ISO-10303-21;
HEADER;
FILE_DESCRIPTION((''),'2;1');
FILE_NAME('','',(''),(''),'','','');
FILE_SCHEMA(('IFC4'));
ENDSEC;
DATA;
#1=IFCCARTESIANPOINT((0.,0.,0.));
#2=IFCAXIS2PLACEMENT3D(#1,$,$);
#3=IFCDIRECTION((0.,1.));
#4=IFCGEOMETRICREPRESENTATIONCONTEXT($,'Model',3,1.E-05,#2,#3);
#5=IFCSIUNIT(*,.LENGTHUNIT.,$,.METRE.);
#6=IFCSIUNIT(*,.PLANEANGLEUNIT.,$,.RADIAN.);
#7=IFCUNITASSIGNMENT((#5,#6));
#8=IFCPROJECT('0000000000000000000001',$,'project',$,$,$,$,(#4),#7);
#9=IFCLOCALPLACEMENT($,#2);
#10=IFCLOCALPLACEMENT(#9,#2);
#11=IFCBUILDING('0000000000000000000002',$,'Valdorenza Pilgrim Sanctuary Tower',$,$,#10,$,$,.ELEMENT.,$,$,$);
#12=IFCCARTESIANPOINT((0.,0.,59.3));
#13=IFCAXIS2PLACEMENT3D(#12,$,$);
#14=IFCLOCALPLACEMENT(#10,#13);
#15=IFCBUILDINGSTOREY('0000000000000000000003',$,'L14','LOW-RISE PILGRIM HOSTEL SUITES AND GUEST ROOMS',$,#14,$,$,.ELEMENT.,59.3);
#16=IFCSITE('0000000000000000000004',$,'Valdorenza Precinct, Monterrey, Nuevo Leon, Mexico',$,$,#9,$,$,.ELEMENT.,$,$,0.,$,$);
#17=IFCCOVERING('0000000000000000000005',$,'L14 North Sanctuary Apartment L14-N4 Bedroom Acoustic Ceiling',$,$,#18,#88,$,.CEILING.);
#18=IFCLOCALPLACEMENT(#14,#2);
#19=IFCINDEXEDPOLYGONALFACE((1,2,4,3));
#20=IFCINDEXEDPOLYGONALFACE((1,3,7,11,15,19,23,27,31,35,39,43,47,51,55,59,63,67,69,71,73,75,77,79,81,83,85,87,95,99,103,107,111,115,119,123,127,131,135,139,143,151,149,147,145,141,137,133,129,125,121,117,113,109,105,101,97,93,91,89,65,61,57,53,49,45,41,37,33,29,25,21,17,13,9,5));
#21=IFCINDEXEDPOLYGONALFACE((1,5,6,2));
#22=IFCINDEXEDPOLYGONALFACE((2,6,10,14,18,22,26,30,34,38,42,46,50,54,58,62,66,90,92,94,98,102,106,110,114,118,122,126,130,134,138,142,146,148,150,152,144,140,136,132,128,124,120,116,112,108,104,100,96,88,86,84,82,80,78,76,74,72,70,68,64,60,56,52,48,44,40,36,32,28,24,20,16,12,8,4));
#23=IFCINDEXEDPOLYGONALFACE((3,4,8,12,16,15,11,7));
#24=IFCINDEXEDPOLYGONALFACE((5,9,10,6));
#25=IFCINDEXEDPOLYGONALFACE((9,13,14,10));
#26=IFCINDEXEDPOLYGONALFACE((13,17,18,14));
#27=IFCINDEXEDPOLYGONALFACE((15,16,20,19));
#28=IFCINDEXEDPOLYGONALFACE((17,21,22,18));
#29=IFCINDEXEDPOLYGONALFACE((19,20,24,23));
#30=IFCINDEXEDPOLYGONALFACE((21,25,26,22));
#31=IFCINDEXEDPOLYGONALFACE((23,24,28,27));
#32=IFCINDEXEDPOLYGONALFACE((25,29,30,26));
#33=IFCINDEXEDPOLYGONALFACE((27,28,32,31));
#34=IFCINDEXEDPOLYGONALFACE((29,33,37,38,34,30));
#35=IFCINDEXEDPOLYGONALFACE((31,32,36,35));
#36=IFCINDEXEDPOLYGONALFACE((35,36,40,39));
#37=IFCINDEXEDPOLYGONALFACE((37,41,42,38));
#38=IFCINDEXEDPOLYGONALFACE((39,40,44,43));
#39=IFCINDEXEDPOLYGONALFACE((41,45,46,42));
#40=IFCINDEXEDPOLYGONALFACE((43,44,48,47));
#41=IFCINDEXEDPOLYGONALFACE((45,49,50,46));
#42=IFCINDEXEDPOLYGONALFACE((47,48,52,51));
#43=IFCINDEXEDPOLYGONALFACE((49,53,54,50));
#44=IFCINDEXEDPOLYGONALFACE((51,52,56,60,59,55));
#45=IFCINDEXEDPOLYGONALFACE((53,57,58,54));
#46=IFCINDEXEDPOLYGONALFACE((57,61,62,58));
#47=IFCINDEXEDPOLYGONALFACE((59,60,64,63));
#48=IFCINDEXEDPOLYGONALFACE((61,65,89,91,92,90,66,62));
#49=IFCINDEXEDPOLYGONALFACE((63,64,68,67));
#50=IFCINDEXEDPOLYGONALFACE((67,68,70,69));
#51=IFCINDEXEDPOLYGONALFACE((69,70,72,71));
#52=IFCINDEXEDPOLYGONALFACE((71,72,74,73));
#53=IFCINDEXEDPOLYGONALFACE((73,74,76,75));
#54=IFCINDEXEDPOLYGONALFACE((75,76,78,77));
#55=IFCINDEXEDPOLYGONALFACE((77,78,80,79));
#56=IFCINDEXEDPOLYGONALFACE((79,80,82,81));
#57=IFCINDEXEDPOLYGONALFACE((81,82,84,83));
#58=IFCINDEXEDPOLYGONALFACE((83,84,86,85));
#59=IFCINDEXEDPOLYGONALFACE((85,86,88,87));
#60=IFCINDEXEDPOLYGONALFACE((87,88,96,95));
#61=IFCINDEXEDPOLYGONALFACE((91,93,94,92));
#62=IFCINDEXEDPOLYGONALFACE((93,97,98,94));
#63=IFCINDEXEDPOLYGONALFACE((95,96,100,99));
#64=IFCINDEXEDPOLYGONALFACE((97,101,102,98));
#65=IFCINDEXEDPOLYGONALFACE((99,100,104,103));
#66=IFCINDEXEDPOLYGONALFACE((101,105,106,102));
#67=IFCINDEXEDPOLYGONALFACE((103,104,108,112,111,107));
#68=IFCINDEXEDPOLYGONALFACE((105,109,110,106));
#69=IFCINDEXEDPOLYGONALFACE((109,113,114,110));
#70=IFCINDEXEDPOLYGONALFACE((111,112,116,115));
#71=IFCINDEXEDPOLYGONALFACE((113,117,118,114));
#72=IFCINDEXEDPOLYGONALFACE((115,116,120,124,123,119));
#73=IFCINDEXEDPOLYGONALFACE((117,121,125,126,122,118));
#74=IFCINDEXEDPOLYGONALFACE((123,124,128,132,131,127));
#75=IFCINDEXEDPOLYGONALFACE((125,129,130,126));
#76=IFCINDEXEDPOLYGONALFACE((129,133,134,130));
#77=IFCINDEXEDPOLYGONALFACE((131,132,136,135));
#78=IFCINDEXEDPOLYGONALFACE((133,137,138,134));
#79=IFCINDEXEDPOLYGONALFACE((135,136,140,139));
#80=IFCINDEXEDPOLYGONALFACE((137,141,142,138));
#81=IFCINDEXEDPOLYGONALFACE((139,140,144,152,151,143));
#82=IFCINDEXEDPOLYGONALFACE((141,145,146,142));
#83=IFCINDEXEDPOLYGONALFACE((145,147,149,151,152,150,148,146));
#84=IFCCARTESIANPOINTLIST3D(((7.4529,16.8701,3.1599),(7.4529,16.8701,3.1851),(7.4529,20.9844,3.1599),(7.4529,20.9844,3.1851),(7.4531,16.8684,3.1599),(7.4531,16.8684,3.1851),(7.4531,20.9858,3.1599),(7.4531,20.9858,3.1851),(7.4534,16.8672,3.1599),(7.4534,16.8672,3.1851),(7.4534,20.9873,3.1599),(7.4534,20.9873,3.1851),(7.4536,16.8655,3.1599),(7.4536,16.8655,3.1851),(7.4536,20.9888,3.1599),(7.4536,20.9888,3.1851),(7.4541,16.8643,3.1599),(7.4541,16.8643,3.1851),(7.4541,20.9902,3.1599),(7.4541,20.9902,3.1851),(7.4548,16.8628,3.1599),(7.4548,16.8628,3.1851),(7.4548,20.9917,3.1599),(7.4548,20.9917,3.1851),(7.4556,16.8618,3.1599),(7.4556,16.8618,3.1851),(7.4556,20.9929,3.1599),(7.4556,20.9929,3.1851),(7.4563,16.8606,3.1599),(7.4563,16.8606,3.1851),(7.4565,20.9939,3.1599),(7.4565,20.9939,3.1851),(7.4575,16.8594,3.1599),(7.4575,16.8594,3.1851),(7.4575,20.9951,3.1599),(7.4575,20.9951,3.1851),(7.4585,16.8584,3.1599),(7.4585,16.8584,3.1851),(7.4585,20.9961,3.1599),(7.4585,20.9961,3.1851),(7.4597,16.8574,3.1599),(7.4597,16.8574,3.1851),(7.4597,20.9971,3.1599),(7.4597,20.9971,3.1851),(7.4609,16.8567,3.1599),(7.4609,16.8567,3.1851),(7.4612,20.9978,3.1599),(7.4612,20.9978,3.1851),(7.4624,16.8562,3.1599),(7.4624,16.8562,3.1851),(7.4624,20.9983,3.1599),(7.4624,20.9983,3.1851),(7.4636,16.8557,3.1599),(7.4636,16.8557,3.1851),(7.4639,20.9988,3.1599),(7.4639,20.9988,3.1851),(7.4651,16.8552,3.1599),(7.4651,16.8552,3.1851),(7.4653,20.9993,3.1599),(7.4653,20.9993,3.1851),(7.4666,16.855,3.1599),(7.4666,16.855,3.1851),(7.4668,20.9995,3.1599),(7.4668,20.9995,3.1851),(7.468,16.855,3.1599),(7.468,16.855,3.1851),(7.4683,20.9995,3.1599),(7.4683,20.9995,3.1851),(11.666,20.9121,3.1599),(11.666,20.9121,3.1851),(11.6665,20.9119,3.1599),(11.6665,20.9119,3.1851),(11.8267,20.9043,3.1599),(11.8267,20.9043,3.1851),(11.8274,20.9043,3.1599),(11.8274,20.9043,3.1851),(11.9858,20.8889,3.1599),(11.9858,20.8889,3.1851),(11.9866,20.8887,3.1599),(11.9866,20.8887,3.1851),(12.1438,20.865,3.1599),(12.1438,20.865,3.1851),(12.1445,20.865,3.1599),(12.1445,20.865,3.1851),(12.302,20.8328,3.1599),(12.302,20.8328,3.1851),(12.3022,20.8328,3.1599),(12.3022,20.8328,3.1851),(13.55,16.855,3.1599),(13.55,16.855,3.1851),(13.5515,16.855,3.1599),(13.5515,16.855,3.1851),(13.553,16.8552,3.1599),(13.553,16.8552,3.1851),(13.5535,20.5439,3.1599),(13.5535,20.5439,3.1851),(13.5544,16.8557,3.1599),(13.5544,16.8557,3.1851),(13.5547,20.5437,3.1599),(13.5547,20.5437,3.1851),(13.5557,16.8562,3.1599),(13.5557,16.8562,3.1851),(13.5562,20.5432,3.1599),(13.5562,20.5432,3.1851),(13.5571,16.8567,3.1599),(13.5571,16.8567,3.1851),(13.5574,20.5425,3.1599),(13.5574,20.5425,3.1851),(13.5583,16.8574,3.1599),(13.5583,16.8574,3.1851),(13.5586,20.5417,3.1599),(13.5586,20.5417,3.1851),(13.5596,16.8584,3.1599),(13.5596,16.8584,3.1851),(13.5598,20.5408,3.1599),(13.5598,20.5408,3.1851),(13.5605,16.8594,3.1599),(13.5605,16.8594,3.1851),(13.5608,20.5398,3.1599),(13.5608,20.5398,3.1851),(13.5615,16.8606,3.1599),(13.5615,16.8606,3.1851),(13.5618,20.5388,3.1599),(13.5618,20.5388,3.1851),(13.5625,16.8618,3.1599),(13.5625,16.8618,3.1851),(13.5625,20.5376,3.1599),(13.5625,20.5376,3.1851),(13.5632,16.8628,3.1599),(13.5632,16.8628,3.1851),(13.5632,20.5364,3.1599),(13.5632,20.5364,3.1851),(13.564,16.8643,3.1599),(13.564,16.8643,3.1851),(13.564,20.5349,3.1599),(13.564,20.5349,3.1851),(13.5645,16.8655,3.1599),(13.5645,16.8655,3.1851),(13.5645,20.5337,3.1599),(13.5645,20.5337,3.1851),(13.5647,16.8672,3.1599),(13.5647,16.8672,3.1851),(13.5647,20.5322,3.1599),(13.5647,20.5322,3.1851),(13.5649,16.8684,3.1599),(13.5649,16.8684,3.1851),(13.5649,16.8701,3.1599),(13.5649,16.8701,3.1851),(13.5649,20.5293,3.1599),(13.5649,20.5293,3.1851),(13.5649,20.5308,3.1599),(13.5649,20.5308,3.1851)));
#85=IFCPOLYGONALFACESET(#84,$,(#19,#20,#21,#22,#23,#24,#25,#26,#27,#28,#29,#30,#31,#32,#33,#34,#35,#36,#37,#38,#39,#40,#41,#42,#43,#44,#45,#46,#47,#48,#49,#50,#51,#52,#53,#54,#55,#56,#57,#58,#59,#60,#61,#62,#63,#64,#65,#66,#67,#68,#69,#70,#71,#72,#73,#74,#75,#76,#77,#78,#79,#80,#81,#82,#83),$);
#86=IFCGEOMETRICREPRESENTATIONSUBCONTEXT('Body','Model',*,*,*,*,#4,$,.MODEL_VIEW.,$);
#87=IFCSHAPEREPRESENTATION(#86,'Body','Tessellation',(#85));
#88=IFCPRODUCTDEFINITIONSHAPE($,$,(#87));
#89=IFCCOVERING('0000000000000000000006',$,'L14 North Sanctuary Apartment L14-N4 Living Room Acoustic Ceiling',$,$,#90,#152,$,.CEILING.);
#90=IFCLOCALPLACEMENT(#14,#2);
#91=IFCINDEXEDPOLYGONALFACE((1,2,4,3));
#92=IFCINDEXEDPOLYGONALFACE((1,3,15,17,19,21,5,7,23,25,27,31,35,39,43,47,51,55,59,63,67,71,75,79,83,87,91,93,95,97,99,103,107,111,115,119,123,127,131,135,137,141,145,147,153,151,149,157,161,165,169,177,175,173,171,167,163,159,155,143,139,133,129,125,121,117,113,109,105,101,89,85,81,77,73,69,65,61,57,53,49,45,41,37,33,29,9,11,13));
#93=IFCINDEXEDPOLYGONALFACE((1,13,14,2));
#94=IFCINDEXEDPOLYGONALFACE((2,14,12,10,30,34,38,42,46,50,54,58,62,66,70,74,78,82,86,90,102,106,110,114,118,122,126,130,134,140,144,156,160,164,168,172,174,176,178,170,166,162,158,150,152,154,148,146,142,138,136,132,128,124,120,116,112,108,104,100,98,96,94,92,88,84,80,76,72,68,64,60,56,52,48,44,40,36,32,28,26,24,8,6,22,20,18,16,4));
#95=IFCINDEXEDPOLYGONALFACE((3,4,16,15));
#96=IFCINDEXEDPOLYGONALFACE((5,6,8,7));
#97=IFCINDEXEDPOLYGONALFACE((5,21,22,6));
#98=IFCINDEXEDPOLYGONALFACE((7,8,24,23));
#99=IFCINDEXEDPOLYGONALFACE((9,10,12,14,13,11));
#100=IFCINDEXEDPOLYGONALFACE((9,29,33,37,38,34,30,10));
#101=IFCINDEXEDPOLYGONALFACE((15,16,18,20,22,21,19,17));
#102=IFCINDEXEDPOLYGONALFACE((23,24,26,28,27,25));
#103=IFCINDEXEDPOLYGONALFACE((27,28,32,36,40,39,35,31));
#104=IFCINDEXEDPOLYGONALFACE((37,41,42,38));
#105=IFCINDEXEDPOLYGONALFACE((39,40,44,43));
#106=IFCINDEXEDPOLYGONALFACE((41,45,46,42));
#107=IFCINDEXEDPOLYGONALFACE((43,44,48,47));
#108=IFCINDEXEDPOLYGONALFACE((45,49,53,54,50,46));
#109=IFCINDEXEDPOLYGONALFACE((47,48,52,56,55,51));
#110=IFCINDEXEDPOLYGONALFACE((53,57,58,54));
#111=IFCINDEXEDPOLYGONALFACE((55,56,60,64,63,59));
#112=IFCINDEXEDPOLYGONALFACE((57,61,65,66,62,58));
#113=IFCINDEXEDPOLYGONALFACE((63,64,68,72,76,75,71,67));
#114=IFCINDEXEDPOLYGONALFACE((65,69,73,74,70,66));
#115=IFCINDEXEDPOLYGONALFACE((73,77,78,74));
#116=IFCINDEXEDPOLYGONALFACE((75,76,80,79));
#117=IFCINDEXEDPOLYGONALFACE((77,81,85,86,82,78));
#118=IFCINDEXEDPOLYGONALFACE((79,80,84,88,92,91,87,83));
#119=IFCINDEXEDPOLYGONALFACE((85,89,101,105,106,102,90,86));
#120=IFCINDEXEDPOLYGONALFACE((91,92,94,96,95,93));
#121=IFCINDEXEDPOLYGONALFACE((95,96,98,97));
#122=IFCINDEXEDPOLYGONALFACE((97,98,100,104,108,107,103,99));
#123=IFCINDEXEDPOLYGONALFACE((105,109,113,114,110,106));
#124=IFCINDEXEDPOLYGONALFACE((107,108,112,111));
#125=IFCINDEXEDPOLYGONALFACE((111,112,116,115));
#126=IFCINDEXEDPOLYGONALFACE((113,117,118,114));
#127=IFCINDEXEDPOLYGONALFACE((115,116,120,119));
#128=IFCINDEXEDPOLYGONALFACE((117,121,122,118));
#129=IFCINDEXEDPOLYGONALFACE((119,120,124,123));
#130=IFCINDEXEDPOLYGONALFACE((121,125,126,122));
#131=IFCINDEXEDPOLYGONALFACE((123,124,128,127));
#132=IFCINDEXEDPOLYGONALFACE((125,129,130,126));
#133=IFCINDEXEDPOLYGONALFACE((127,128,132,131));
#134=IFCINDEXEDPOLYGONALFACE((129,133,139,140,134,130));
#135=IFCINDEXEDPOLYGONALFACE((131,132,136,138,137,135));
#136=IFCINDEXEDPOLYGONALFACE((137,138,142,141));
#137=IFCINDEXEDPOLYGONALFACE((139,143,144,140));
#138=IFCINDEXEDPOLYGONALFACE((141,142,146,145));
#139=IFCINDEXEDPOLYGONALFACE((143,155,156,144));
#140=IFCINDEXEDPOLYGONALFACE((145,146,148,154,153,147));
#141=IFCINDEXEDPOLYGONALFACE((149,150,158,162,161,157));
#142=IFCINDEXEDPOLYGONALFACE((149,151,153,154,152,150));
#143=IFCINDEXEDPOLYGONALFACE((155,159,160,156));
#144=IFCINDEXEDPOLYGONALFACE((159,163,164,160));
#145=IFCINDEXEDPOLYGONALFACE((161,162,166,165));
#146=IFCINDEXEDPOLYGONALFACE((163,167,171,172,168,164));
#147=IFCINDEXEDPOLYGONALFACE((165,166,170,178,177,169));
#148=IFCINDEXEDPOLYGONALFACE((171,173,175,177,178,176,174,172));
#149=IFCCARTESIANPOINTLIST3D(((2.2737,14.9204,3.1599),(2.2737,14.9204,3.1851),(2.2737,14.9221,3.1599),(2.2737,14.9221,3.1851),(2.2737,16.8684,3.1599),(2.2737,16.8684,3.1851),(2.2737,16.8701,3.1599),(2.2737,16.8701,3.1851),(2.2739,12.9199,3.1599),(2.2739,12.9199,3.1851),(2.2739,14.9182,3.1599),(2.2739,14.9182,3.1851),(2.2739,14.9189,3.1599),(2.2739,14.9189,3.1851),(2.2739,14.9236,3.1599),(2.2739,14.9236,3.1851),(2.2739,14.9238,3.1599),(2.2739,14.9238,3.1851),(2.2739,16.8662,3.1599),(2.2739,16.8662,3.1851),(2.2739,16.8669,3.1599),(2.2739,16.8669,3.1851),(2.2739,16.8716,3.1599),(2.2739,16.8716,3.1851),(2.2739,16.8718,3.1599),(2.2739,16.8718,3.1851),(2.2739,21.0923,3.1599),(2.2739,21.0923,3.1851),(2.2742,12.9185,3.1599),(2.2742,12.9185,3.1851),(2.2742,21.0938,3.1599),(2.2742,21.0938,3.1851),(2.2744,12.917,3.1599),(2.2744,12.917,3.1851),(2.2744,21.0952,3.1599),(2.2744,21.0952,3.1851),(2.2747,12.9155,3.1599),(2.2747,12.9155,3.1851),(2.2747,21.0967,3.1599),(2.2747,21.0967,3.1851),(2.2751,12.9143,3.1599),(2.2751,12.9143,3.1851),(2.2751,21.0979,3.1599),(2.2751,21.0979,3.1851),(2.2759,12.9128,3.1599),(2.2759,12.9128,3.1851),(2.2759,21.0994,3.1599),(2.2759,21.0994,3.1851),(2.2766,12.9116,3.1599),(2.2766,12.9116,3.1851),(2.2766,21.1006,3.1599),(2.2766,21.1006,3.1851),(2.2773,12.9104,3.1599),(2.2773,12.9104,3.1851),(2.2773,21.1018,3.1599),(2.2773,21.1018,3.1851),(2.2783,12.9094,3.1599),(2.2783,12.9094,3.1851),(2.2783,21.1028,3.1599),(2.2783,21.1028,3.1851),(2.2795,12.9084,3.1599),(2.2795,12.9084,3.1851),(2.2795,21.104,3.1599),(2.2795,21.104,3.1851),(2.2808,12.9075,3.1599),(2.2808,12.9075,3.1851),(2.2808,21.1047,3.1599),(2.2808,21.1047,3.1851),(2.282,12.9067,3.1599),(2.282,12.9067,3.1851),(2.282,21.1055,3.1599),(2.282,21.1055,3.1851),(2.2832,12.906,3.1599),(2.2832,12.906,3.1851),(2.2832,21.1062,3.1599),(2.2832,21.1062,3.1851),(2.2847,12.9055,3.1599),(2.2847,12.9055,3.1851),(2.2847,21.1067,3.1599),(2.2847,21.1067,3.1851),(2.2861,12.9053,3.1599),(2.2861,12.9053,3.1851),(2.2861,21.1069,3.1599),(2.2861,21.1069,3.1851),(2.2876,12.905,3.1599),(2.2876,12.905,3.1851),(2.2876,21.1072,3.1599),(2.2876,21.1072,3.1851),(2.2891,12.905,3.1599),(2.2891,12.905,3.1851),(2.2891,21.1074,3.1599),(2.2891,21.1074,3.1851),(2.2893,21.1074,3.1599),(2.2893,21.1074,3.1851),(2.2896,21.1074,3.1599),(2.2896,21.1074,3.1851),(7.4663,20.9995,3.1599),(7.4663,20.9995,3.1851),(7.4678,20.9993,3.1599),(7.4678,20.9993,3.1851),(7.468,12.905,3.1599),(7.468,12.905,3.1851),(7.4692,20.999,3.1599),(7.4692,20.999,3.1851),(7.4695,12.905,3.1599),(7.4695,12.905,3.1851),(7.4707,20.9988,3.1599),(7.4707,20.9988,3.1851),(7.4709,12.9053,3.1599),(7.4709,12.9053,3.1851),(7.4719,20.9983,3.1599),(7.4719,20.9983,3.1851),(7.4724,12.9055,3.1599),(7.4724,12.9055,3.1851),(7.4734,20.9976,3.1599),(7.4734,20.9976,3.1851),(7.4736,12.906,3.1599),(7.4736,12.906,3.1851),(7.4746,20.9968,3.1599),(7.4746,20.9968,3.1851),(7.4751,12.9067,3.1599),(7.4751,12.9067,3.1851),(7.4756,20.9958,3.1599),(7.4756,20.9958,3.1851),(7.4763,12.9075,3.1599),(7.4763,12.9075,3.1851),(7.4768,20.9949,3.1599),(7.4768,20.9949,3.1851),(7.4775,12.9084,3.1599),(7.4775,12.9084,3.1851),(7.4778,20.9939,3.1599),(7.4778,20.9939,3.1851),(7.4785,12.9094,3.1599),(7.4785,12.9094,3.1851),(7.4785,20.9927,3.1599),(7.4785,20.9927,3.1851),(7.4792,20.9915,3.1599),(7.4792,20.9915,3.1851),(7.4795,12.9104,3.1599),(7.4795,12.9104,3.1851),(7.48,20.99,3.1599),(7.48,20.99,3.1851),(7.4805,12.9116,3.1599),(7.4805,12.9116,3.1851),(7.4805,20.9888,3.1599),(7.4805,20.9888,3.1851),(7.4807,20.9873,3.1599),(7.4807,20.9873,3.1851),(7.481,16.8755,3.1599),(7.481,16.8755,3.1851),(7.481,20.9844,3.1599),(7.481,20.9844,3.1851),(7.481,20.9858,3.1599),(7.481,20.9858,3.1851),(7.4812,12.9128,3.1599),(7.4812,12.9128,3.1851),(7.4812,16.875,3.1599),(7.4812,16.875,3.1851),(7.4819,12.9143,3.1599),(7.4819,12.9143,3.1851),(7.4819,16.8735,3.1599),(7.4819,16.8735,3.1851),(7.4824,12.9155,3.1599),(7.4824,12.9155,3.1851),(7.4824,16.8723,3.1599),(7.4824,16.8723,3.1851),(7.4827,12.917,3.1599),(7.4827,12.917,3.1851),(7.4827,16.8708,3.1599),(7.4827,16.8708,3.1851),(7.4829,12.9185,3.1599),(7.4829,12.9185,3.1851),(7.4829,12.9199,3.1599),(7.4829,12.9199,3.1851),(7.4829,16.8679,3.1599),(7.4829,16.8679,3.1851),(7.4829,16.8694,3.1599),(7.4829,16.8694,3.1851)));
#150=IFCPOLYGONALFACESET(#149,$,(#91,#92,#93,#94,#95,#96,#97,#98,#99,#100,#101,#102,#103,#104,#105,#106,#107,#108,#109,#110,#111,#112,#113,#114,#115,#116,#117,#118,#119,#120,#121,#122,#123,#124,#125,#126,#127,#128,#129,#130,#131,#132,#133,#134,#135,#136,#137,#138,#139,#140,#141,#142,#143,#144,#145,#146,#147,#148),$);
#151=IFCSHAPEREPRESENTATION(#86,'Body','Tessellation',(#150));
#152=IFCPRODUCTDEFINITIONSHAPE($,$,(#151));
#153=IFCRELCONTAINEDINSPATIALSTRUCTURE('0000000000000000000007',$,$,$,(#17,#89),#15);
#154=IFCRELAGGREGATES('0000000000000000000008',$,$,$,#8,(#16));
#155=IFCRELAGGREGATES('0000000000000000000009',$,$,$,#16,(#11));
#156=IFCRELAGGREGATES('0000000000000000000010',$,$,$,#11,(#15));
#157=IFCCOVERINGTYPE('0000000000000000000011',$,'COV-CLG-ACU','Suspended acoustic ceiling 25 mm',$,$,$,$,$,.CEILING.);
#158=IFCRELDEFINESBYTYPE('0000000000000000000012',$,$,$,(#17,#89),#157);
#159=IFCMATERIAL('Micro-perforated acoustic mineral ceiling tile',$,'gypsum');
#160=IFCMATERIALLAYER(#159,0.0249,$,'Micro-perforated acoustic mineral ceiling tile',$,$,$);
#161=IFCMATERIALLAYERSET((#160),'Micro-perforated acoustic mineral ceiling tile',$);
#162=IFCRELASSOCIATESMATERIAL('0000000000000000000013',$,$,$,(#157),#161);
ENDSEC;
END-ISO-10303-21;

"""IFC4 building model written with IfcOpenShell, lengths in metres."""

from ifc_helpers import new_model, si_unit, direction, frame, origin, place, context, subcontext, project, spatial, polyline, outline, extrude, material, layer, layer_set, type_object, element, save


model = new_model("IFC4")

# Units and contexts
model_context = context("Model", 3, precision=1e-05, world=origin(), true_north=direction((0.0, 1.0)))
body_context = subcontext(model_context, "Body", "Model", "MODEL_VIEW")
ifc_project = project(units=[si_unit("LENGTHUNIT", "METRE"), si_unit("PLANEANGLEUNIT", "RADIAN")], contexts=[model_context])

# Site, building, storey
site_placement = place(None, origin())
site = spatial("IfcSite", under=ifc_project, at=site_placement, Name="Valdorenza Precinct, Monterrey, Nuevo Leon, Mexico", CompositionType="ELEMENT", RefElevation=0.0)
building_placement = place(site_placement, origin())
building = spatial("IfcBuilding", under=site, at=building_placement, Name="Valdorenza Pilgrim Sanctuary Tower", CompositionType="ELEMENT")
storey_placement = place(building_placement, frame((0.0, 0.0, 59.3)))
storey = spatial("IfcBuildingStorey", under=building, at=storey_placement, Name="L14", Description="LOW-RISE PILGRIM HOSTEL SUITES AND GUEST ROOMS", CompositionType="ELEMENT", Elevation=59.3)

# Coverings
ifc_material_1 = material(Name="Micro-perforated acoustic mineral ceiling tile", Category="gypsum")
ifc_layer_1 = layer(ifc_material_1, 0.0249, Name="Micro-perforated acoustic mineral ceiling tile")
ifc_layer_set_1 = layer_set([ifc_layer_1], Name="Micro-perforated acoustic mineral ceiling tile")
covering_type_1 = type_object("IfcCoveringType", Name="COV-CLG-ACU", Description="Suspended acoustic ceiling 25 mm", PredefinedType="CEILING", material=ifc_layer_set_1)
covering_1_placement = place(storey_placement, frame((0.0, 0.0, 3.1599)))
element("IfcCovering", 1, at=covering_1_placement, inside=storey, type_object=covering_type_1, Name="L14 North Sanctuary Apartment L14-N4 Bedroom Acoustic Ceiling", PredefinedType="CEILING", context=body_context, shape_type="SweptSolid", body=[
    extrude(outline(polyline([(7.468, 16.855), (7.4666, 16.855), (7.4651, 16.8552), (7.4636, 16.8557), (7.4624, 16.8562), (7.4609, 16.8567), (7.4597, 16.8574), (7.4585, 16.8584), (7.4575, 16.8594), (7.4563, 16.8606), (7.4556, 16.8618), (7.4548, 16.8628), (7.4541, 16.8643), (7.4536, 16.8655), (7.4534, 16.8672), (7.4531, 16.8684), (7.4529, 16.8701), (7.4529, 20.9844), (7.4531, 20.9858), (7.4534, 20.9873), (7.4536, 20.9888), (7.4541, 20.9902), (7.4548, 20.9917), (7.4556, 20.9929), (7.4565, 20.9939), (7.4575, 20.9951), (7.4585, 20.9961), (7.4597, 20.9971), (7.4612, 20.9978), (7.4624, 20.9983), (7.4639, 20.9988), (7.4653, 20.9993), (7.4668, 20.9995), (7.4683, 20.9995), (11.666, 20.9121), (11.6665, 20.9119), (11.8267, 20.9043), (11.8274, 20.9043), (11.9858, 20.8889), (11.9866, 20.8887), (12.1438, 20.865), (12.1445, 20.865), (12.302, 20.8328), (12.3022, 20.8328), (13.5535, 20.5439), (13.5547, 20.5437), (13.5562, 20.5432), (13.5574, 20.5425), (13.5586, 20.5417), (13.5598, 20.5408), (13.5608, 20.5398), (13.5618, 20.5388), (13.5625, 20.5376), (13.5632, 20.5364), (13.564, 20.5349), (13.5645, 20.5337), (13.5647, 20.5322), (13.5649, 20.5308), (13.5649, 20.5293), (13.5649, 16.8701), (13.5649, 16.8684), (13.5647, 16.8672), (13.5645, 16.8655), (13.564, 16.8643), (13.5632, 16.8628), (13.5625, 16.8618), (13.5615, 16.8606), (13.5605, 16.8594), (13.5596, 16.8584), (13.5583, 16.8574), (13.5571, 16.8567), (13.5557, 16.8562), (13.5544, 16.8557), (13.553, 16.8552), (13.5515, 16.855), (13.55, 16.855), (7.468, 16.855)])), origin(), (0.0, 0.0, 1.0), 0.0251),
])
covering_2_placement = place(storey_placement, frame((0.0, 0.0, 3.1599)))
element("IfcCovering", 2, at=covering_2_placement, inside=storey, type_object=covering_type_1, Name="L14 North Sanctuary Apartment L14-N4 Living Room Acoustic Ceiling", PredefinedType="CEILING", context=body_context, shape_type="SweptSolid", body=[
    extrude(outline(polyline([(2.2739, 14.9182), (2.2739, 14.9189), (2.2737, 14.9204), (2.2737, 14.9221), (2.2739, 14.9236), (2.2739, 14.9238), (2.2739, 16.8662), (2.2739, 16.8669), (2.2737, 16.8684), (2.2737, 16.8701), (2.2739, 16.8716), (2.2739, 16.8718), (2.2739, 21.0923), (2.2742, 21.0938), (2.2744, 21.0952), (2.2747, 21.0967), (2.2751, 21.0979), (2.2759, 21.0994), (2.2766, 21.1006), (2.2773, 21.1018), (2.2783, 21.1028), (2.2795, 21.104), (2.2808, 21.1047), (2.282, 21.1055), (2.2832, 21.1062), (2.2847, 21.1067), (2.2861, 21.1069), (2.2876, 21.1072), (2.2891, 21.1074), (2.2893, 21.1074), (2.2896, 21.1074), (7.4663, 20.9995), (7.4678, 20.9993), (7.4692, 20.999), (7.4707, 20.9988), (7.4719, 20.9983), (7.4734, 20.9976), (7.4746, 20.9968), (7.4756, 20.9958), (7.4768, 20.9949), (7.4778, 20.9939), (7.4785, 20.9927), (7.4792, 20.9915), (7.48, 20.99), (7.4805, 20.9888), (7.4807, 20.9873), (7.481, 20.9858), (7.481, 20.9844), (7.481, 16.8755), (7.4812, 16.875), (7.4819, 16.8735), (7.4824, 16.8723), (7.4827, 16.8708), (7.4829, 16.8694), (7.4829, 16.8679), (7.4829, 12.9199), (7.4829, 12.9185), (7.4827, 12.917), (7.4824, 12.9155), (7.4819, 12.9143), (7.4812, 12.9128), (7.4805, 12.9116), (7.4795, 12.9104), (7.4785, 12.9094), (7.4775, 12.9084), (7.4763, 12.9075), (7.4751, 12.9067), (7.4736, 12.906), (7.4724, 12.9055), (7.4709, 12.9053), (7.4695, 12.905), (7.468, 12.905), (2.2891, 12.905), (2.2876, 12.905), (2.2861, 12.9053), (2.2847, 12.9055), (2.2832, 12.906), (2.282, 12.9067), (2.2808, 12.9075), (2.2795, 12.9084), (2.2783, 12.9094), (2.2773, 12.9104), (2.2766, 12.9116), (2.2759, 12.9128), (2.2751, 12.9143), (2.2747, 12.9155), (2.2744, 12.917), (2.2742, 12.9185), (2.2739, 12.9199), (2.2739, 14.9182)])), origin(), (0.0, 0.0, 1.0), 0.0251),
])

save(model, "model.ifc")
